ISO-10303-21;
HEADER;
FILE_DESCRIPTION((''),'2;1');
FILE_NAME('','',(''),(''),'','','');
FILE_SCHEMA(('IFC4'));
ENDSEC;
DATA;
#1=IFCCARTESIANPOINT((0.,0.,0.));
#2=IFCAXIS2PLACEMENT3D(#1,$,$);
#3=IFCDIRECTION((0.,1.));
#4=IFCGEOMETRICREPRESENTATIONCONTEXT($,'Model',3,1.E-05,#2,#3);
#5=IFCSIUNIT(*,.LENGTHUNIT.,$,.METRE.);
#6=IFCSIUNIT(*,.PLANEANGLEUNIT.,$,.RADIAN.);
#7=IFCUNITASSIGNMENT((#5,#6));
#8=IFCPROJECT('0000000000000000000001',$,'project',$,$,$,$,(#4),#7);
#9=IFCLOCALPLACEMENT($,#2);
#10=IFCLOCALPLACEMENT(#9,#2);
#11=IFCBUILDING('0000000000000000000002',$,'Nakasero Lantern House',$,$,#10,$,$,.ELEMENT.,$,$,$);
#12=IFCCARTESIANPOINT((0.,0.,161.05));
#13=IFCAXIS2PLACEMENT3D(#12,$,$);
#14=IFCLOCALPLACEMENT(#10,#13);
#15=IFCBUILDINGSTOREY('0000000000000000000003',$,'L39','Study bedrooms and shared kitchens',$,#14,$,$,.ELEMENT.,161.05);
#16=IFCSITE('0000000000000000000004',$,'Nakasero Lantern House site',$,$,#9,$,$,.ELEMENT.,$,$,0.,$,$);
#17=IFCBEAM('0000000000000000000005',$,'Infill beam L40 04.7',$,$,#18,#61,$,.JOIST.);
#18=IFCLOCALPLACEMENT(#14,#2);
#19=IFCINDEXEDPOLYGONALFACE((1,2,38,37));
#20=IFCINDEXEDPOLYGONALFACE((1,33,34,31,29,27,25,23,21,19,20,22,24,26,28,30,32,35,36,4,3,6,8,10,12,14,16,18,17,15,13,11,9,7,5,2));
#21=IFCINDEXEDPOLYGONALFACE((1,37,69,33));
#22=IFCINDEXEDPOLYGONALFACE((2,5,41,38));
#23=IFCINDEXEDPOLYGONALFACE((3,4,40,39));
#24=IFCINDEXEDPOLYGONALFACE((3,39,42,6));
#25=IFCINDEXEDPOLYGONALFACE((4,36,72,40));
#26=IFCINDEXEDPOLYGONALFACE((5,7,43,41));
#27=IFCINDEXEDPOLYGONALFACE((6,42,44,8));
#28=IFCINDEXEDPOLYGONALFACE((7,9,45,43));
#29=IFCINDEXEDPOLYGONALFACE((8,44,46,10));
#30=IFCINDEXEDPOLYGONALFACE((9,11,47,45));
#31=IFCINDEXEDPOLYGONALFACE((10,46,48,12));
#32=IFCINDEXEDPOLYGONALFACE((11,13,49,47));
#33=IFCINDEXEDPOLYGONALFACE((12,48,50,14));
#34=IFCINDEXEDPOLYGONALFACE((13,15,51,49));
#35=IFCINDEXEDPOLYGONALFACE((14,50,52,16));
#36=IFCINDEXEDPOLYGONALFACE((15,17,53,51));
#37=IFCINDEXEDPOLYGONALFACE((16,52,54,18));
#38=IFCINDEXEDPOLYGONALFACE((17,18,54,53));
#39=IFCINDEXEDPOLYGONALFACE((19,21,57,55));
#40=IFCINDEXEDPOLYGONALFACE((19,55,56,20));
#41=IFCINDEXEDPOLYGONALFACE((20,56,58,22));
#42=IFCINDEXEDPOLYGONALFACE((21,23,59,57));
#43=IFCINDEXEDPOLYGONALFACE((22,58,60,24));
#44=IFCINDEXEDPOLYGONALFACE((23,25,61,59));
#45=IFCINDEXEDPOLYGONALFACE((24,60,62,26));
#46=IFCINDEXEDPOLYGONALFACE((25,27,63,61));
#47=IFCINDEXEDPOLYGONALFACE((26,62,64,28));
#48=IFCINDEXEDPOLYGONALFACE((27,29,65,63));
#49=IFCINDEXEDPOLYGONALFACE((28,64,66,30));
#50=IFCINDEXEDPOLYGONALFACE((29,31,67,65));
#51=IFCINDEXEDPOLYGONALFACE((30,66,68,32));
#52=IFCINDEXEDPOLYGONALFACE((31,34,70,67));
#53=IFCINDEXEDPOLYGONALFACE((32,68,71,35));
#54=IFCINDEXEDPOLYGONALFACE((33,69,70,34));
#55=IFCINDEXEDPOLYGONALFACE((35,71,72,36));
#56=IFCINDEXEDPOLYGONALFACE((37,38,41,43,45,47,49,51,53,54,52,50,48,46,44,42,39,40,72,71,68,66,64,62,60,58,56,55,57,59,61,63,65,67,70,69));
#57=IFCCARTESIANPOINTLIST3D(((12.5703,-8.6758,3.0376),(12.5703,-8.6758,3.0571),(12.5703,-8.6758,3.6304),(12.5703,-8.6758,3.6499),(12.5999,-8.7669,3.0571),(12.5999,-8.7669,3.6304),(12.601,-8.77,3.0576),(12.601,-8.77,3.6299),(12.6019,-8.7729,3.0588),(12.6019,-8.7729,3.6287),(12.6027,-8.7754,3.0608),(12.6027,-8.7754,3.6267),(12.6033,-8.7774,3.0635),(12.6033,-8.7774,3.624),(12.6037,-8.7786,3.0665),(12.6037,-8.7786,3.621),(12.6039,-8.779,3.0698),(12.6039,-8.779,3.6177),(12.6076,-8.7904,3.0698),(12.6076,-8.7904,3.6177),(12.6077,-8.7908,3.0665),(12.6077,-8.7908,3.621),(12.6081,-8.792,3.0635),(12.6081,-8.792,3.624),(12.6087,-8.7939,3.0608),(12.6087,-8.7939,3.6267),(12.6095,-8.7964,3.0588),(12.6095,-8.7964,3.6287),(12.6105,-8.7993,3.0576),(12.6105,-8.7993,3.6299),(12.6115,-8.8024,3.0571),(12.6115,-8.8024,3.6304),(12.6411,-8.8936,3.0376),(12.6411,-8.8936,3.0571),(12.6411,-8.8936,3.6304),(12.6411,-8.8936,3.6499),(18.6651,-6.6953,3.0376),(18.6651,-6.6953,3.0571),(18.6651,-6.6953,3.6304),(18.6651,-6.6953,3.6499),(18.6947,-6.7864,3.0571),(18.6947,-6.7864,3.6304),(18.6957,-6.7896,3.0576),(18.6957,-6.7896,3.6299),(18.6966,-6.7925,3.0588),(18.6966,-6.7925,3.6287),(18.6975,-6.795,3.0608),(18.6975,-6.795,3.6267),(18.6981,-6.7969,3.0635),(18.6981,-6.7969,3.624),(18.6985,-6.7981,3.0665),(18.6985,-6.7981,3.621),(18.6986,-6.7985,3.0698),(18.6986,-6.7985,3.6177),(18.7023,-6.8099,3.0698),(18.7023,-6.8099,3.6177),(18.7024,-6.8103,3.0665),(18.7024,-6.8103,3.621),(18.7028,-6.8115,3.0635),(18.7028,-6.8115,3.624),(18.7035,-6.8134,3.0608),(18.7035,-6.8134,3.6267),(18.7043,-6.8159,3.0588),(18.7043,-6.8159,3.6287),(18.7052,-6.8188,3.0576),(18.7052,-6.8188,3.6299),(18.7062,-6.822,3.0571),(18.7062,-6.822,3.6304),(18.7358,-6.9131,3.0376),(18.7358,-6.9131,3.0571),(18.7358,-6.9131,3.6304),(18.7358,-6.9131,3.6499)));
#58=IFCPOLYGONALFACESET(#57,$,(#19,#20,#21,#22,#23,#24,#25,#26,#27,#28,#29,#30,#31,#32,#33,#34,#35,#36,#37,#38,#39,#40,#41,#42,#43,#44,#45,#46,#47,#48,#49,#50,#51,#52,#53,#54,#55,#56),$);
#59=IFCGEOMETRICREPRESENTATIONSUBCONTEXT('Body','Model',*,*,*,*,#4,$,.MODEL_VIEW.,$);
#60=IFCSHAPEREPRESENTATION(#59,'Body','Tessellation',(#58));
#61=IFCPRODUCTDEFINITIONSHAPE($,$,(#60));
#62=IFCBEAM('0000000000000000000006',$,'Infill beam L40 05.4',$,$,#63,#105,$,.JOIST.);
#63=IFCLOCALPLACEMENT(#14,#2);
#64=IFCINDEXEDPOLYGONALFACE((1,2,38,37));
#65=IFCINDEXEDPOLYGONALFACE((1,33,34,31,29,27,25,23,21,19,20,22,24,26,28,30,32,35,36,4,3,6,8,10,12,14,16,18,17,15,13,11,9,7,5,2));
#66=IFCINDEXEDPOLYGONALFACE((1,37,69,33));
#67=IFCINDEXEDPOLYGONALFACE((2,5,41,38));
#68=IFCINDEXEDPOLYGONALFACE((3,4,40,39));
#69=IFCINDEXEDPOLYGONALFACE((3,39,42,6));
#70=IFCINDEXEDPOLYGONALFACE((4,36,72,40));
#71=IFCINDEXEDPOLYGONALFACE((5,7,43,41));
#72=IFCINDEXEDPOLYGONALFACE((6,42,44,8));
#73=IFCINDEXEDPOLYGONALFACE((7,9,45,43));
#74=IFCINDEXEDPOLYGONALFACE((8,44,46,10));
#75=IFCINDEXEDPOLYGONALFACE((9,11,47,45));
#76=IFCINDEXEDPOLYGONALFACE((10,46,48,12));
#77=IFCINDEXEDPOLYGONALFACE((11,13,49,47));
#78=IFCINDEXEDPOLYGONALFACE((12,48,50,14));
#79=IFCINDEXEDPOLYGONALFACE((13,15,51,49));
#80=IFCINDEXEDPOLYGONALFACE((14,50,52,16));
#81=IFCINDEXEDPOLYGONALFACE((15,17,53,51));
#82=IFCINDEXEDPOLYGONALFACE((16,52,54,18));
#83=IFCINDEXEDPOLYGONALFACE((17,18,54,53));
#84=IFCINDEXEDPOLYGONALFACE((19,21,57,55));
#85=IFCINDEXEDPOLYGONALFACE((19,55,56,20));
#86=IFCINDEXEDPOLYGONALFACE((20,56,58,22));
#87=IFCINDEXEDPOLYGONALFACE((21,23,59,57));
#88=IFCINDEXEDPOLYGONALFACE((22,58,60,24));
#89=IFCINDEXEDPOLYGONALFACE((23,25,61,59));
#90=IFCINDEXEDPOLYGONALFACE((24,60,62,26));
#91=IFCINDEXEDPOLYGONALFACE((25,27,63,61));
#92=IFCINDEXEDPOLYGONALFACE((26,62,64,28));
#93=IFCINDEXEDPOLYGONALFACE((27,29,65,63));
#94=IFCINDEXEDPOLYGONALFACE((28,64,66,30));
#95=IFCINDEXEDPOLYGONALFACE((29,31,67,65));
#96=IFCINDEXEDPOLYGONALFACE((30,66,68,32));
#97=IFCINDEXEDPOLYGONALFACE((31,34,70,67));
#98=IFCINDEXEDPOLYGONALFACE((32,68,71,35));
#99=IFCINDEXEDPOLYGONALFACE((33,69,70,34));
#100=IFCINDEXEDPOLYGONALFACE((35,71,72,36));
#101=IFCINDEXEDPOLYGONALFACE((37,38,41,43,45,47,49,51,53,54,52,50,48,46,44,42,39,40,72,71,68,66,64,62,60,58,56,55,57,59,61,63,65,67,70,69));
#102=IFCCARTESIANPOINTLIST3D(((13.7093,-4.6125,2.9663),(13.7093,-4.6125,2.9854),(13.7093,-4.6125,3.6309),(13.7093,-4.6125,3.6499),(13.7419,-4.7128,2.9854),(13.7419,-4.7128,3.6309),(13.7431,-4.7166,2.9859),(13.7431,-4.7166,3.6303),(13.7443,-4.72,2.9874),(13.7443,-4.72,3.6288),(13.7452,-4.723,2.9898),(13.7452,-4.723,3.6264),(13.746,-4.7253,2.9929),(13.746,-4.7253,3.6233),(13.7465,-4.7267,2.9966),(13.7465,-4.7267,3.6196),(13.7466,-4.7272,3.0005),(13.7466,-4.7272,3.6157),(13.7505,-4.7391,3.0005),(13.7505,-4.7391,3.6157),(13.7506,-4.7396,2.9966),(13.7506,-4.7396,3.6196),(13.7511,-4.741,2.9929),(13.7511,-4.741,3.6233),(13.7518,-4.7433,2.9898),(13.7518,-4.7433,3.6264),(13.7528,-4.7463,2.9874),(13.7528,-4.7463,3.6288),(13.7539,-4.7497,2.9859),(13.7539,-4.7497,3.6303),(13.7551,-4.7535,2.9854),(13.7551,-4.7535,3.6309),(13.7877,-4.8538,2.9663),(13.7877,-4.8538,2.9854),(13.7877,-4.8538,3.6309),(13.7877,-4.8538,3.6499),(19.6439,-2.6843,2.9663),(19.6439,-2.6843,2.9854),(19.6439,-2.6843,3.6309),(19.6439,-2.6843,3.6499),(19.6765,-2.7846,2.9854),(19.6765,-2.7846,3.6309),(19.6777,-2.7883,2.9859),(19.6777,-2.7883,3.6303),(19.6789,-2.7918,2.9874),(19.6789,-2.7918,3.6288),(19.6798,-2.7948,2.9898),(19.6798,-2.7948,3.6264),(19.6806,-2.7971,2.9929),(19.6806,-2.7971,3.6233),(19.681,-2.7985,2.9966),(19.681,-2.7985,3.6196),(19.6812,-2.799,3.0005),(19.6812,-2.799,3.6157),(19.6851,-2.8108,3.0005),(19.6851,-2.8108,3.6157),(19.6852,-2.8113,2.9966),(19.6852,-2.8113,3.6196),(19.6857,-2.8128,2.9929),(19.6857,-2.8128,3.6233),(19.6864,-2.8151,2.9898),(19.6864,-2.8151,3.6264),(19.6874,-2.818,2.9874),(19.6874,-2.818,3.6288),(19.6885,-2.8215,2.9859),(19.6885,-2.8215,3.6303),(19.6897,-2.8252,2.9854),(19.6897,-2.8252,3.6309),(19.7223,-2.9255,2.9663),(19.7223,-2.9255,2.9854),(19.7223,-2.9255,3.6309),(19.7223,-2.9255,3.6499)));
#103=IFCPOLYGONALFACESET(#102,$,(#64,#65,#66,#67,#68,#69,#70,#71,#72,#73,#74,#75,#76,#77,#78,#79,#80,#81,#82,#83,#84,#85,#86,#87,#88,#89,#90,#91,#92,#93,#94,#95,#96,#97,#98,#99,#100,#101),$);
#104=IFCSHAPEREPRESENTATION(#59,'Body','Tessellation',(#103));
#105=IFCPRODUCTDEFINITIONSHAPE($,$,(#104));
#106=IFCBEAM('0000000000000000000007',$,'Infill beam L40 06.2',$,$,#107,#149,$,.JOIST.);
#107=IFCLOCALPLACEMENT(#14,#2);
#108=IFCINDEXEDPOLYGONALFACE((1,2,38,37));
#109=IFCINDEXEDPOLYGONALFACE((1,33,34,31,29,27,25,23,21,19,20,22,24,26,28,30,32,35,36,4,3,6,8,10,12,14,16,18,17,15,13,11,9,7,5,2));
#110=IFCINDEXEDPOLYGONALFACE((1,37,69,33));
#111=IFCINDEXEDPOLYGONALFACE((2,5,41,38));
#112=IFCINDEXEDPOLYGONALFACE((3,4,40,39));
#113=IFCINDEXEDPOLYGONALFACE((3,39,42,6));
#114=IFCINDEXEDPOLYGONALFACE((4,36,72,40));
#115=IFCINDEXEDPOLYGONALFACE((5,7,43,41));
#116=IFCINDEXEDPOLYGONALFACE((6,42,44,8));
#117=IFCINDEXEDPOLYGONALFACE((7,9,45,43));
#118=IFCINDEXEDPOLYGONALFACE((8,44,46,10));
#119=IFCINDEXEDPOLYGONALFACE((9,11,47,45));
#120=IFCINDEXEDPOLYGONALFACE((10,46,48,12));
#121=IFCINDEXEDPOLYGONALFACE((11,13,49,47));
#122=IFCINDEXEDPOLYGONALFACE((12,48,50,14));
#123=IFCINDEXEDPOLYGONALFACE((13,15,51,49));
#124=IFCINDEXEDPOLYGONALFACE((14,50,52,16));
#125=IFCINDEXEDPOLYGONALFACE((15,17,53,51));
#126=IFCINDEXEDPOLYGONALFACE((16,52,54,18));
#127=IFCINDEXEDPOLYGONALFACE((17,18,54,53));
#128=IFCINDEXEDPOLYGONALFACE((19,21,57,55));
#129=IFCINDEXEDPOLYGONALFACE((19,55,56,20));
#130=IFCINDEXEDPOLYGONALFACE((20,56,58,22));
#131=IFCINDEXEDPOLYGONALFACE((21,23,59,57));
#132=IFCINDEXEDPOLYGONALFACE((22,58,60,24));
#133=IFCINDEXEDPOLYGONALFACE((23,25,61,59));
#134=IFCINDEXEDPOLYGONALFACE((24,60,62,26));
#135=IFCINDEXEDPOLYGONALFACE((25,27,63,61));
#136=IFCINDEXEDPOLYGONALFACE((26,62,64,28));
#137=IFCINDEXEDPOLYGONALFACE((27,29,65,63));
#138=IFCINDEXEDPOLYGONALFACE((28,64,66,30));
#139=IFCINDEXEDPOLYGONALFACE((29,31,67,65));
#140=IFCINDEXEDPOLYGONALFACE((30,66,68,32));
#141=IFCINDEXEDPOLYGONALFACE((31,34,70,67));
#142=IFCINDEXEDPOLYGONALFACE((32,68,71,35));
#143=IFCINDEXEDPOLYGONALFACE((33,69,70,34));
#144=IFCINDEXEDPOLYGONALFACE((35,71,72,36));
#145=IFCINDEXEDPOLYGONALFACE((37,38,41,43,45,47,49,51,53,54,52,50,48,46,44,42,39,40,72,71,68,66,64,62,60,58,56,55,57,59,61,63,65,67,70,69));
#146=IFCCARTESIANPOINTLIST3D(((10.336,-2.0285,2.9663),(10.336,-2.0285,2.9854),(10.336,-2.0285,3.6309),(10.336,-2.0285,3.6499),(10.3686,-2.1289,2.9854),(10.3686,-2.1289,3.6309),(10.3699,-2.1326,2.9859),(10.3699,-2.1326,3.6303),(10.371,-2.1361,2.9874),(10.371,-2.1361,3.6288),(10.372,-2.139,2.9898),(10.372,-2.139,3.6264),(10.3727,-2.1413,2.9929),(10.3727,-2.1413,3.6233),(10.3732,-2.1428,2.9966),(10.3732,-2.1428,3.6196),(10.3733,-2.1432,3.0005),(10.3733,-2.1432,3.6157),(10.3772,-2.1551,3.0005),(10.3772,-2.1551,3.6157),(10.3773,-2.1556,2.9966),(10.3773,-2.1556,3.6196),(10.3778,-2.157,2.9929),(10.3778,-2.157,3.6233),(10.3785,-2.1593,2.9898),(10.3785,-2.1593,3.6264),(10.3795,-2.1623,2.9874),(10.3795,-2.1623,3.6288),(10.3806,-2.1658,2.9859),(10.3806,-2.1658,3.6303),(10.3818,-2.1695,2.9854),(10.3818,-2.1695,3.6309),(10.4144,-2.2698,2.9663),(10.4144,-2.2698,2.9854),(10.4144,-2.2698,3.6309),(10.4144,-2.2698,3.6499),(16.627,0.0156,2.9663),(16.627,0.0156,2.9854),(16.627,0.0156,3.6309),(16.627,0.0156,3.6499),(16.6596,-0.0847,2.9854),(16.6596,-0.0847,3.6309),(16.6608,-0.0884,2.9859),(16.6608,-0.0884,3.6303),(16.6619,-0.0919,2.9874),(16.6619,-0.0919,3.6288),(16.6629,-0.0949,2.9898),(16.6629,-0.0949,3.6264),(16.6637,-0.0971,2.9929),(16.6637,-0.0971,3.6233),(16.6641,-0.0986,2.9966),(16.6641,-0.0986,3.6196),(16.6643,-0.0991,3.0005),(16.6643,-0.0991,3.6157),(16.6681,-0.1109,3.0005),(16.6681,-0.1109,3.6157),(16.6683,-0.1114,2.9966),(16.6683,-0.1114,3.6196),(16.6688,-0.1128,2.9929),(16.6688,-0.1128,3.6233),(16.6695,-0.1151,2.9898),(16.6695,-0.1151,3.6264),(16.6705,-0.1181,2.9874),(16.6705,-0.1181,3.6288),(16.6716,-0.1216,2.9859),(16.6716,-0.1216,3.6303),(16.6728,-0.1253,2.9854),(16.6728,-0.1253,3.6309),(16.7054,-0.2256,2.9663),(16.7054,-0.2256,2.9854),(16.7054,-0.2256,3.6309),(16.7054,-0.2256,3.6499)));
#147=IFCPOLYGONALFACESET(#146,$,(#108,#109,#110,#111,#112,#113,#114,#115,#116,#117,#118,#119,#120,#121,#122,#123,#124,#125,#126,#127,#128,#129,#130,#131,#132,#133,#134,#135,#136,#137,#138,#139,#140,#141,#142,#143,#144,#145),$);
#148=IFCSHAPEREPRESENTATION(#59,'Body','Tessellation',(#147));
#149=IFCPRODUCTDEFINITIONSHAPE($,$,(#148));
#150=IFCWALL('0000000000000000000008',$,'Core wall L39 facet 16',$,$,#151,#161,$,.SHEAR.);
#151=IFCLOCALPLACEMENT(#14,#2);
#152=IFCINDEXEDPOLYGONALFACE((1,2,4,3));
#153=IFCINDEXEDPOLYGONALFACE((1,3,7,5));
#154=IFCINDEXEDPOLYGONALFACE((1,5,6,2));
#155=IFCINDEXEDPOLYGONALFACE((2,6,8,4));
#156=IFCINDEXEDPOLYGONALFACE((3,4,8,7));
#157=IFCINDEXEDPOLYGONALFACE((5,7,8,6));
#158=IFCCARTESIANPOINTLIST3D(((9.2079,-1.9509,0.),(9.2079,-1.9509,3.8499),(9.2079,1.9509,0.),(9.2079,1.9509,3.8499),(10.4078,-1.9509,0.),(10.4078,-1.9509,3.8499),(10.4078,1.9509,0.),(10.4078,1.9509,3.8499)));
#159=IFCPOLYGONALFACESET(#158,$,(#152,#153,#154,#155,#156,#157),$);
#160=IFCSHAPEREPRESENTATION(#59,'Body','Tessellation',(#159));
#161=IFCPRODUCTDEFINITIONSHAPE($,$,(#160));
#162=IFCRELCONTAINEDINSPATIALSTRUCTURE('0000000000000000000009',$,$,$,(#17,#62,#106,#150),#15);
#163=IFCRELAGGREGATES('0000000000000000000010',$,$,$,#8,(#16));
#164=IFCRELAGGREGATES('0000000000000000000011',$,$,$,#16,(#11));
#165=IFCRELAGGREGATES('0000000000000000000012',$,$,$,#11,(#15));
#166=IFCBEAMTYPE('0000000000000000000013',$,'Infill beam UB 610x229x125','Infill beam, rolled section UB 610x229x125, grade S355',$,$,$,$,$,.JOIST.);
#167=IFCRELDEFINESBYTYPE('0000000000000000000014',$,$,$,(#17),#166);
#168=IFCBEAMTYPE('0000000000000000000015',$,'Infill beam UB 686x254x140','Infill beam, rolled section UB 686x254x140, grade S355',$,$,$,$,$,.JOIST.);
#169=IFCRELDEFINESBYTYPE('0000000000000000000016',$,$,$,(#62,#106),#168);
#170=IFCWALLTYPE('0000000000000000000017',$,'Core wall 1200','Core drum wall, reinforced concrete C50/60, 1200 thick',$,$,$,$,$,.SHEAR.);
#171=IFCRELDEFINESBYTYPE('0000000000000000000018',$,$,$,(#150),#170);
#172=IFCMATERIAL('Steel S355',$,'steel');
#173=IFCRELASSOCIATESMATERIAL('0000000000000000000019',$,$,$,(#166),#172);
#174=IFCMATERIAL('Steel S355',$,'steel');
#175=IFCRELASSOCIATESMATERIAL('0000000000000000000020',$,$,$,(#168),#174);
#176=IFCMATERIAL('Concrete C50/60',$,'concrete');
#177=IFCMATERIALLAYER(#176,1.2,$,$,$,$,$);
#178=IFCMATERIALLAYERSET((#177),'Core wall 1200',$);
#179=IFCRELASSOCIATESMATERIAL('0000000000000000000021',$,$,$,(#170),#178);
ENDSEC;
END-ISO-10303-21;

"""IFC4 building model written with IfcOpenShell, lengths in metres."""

from ifc_helpers import new_model, si_unit, direction, frame, frame_2d, origin, origin_2d, place, context, subcontext, project, spatial, rectangle, i_section, extrude, material, layer, layer_set, material_profile, profile_set, type_object, element, save


model = new_model("IFC4")

# Units and contexts
model_context = context("Model", 3, precision=1e-05, world=origin(), true_north=direction((0.0, 1.0)))
body_context = subcontext(model_context, "Body", "Model", "MODEL_VIEW")
ifc_project = project(units=[si_unit("LENGTHUNIT", "METRE"), si_unit("PLANEANGLEUNIT", "RADIAN")], contexts=[model_context])

# Site, building, storey
site_placement = place(None, origin())
site = spatial("IfcSite", under=ifc_project, at=site_placement, Name="Nakasero Lantern House site", CompositionType="ELEMENT", RefElevation=0.0)
building_placement = place(site_placement, origin())
building = spatial("IfcBuilding", under=site, at=building_placement, Name="Nakasero Lantern House", CompositionType="ELEMENT")
storey_placement = place(building_placement, frame((0.0, 0.0, 161.05)))
storey = spatial("IfcBuildingStorey", under=building, at=storey_placement, Name="L39", Description="Study bedrooms and shared kitchens", CompositionType="ELEMENT", Elevation=161.05)

# Beams
ifc_material_1 = material(Name="Steel S355", Category="steel")
ifc_material_profile_1 = material_profile(ifc_material_1, i_section(OverallWidth=0.229, OverallDepth=0.6123, WebThickness=0.012, FlangeThickness=0.0195, FilletRadius=0.0127, at=origin_2d()), Name="UB 610x229x125")
ifc_profile_set_1 = profile_set([ifc_material_profile_1], Name="Steel S355")
beam_type_1 = type_object("IfcBeamType", Name="Infill beam UB 610x229x125", Description="Infill beam, rolled section UB 610x229x125, grade S355", PredefinedType="JOIST", material=ifc_profile_set_1)
beam_1_placement = place(storey_placement, frame((12.6057, -8.7847, 3.3438), z_axis=(0.951049, 0.309041, 0.0), x_axis=(-0.309041, 0.951049, 0.0)))
element("IfcBeam", 1, at=beam_1_placement, inside=storey, type_object=beam_type_1, Name="Infill beam L40 04.7", PredefinedType="JOIST", context=body_context, shape_type="SweptSolid", body=[
    extrude(i_section(OverallWidth=0.229, OverallDepth=0.6123, WebThickness=0.012, FlangeThickness=0.0195, FilletRadius=0.0127, at=origin_2d()), origin(), (0.0, 0.0, 1.0), 6.4084),
])
ifc_material_2 = material(Name="Steel S355", Category="steel")
ifc_material_profile_2 = material_profile(ifc_material_2, i_section(OverallWidth=0.2537, OverallDepth=0.6836, WebThickness=0.0125, FlangeThickness=0.019, FilletRadius=0.0151, at=origin_2d()), Name="UB 686x254x140")
ifc_profile_set_2 = profile_set([ifc_material_profile_2], Name="Steel S355")
beam_type_2 = type_object("IfcBeamType", Name="Infill beam UB 686x254x140", Description="Infill beam, rolled section UB 686x254x140, grade S355", PredefinedType="JOIST", material=ifc_profile_set_2)
beam_2_placement = place(storey_placement, frame((13.7485, -4.7332, 3.3081), z_axis=(0.951058, 0.309012, 0.0), x_axis=(-0.309012, 0.951058, 0.0)))
element("IfcBeam", 2, at=beam_2_placement, inside=storey, type_object=beam_type_2, Name="Infill beam L40 05.4", PredefinedType="JOIST", context=body_context, shape_type="SweptSolid", body=[
    extrude(i_section(OverallWidth=0.2537, OverallDepth=0.6836, WebThickness=0.0125, FlangeThickness=0.019, FilletRadius=0.0151, at=origin_2d()), origin(), (0.0, 0.0, 1.0), 6.24),
])
beam_3_placement = place(storey_placement, frame((10.3752, -2.1492, 3.3081), z_axis=(0.951051, 0.309033, 0.0), x_axis=(-0.309033, 0.951051, 0.0)))
element("IfcBeam", 3, at=beam_3_placement, inside=storey, type_object=beam_type_2, Name="Infill beam L40 06.2", PredefinedType="JOIST", context=body_context, shape_type="SweptSolid", body=[
    extrude(i_section(OverallWidth=0.2537, OverallDepth=0.6836, WebThickness=0.0125, FlangeThickness=0.019, FilletRadius=0.0151, at=origin_2d()), origin(), (0.0, 0.0, 1.0), 6.6147),
])

# Wall
ifc_material_3 = material(Name="Concrete C50/60", Category="concrete")
ifc_layer_1 = layer(ifc_material_3, 1.2)
ifc_layer_set_1 = layer_set([ifc_layer_1], Name="Core wall 1200")
wall_type_1 = type_object("IfcWallType", Name="Core wall 1200", Description="Core drum wall, reinforced concrete C50/60, 1200 thick", PredefinedType="SHEAR", material=ifc_layer_set_1)
wall_1_placement = place(storey_placement, frame((9.8079, -1.9509, 0.0), z_axis=(0.0, 0.0, 1.0), x_axis=(0.0, 1.0, 0.0)))
element("IfcWall", 4, at=wall_1_placement, inside=storey, type_object=wall_type_1, Name="Core wall L39 facet 16", PredefinedType="SHEAR", context=body_context, shape_type="SweptSolid", body=[
    extrude(rectangle(XDim=3.9019, YDim=1.2, at=frame_2d((1.9509, 0.0))), origin(), (0.0, 0.0, 1.0), 3.8499),
])

save(model, "model.ifc")
